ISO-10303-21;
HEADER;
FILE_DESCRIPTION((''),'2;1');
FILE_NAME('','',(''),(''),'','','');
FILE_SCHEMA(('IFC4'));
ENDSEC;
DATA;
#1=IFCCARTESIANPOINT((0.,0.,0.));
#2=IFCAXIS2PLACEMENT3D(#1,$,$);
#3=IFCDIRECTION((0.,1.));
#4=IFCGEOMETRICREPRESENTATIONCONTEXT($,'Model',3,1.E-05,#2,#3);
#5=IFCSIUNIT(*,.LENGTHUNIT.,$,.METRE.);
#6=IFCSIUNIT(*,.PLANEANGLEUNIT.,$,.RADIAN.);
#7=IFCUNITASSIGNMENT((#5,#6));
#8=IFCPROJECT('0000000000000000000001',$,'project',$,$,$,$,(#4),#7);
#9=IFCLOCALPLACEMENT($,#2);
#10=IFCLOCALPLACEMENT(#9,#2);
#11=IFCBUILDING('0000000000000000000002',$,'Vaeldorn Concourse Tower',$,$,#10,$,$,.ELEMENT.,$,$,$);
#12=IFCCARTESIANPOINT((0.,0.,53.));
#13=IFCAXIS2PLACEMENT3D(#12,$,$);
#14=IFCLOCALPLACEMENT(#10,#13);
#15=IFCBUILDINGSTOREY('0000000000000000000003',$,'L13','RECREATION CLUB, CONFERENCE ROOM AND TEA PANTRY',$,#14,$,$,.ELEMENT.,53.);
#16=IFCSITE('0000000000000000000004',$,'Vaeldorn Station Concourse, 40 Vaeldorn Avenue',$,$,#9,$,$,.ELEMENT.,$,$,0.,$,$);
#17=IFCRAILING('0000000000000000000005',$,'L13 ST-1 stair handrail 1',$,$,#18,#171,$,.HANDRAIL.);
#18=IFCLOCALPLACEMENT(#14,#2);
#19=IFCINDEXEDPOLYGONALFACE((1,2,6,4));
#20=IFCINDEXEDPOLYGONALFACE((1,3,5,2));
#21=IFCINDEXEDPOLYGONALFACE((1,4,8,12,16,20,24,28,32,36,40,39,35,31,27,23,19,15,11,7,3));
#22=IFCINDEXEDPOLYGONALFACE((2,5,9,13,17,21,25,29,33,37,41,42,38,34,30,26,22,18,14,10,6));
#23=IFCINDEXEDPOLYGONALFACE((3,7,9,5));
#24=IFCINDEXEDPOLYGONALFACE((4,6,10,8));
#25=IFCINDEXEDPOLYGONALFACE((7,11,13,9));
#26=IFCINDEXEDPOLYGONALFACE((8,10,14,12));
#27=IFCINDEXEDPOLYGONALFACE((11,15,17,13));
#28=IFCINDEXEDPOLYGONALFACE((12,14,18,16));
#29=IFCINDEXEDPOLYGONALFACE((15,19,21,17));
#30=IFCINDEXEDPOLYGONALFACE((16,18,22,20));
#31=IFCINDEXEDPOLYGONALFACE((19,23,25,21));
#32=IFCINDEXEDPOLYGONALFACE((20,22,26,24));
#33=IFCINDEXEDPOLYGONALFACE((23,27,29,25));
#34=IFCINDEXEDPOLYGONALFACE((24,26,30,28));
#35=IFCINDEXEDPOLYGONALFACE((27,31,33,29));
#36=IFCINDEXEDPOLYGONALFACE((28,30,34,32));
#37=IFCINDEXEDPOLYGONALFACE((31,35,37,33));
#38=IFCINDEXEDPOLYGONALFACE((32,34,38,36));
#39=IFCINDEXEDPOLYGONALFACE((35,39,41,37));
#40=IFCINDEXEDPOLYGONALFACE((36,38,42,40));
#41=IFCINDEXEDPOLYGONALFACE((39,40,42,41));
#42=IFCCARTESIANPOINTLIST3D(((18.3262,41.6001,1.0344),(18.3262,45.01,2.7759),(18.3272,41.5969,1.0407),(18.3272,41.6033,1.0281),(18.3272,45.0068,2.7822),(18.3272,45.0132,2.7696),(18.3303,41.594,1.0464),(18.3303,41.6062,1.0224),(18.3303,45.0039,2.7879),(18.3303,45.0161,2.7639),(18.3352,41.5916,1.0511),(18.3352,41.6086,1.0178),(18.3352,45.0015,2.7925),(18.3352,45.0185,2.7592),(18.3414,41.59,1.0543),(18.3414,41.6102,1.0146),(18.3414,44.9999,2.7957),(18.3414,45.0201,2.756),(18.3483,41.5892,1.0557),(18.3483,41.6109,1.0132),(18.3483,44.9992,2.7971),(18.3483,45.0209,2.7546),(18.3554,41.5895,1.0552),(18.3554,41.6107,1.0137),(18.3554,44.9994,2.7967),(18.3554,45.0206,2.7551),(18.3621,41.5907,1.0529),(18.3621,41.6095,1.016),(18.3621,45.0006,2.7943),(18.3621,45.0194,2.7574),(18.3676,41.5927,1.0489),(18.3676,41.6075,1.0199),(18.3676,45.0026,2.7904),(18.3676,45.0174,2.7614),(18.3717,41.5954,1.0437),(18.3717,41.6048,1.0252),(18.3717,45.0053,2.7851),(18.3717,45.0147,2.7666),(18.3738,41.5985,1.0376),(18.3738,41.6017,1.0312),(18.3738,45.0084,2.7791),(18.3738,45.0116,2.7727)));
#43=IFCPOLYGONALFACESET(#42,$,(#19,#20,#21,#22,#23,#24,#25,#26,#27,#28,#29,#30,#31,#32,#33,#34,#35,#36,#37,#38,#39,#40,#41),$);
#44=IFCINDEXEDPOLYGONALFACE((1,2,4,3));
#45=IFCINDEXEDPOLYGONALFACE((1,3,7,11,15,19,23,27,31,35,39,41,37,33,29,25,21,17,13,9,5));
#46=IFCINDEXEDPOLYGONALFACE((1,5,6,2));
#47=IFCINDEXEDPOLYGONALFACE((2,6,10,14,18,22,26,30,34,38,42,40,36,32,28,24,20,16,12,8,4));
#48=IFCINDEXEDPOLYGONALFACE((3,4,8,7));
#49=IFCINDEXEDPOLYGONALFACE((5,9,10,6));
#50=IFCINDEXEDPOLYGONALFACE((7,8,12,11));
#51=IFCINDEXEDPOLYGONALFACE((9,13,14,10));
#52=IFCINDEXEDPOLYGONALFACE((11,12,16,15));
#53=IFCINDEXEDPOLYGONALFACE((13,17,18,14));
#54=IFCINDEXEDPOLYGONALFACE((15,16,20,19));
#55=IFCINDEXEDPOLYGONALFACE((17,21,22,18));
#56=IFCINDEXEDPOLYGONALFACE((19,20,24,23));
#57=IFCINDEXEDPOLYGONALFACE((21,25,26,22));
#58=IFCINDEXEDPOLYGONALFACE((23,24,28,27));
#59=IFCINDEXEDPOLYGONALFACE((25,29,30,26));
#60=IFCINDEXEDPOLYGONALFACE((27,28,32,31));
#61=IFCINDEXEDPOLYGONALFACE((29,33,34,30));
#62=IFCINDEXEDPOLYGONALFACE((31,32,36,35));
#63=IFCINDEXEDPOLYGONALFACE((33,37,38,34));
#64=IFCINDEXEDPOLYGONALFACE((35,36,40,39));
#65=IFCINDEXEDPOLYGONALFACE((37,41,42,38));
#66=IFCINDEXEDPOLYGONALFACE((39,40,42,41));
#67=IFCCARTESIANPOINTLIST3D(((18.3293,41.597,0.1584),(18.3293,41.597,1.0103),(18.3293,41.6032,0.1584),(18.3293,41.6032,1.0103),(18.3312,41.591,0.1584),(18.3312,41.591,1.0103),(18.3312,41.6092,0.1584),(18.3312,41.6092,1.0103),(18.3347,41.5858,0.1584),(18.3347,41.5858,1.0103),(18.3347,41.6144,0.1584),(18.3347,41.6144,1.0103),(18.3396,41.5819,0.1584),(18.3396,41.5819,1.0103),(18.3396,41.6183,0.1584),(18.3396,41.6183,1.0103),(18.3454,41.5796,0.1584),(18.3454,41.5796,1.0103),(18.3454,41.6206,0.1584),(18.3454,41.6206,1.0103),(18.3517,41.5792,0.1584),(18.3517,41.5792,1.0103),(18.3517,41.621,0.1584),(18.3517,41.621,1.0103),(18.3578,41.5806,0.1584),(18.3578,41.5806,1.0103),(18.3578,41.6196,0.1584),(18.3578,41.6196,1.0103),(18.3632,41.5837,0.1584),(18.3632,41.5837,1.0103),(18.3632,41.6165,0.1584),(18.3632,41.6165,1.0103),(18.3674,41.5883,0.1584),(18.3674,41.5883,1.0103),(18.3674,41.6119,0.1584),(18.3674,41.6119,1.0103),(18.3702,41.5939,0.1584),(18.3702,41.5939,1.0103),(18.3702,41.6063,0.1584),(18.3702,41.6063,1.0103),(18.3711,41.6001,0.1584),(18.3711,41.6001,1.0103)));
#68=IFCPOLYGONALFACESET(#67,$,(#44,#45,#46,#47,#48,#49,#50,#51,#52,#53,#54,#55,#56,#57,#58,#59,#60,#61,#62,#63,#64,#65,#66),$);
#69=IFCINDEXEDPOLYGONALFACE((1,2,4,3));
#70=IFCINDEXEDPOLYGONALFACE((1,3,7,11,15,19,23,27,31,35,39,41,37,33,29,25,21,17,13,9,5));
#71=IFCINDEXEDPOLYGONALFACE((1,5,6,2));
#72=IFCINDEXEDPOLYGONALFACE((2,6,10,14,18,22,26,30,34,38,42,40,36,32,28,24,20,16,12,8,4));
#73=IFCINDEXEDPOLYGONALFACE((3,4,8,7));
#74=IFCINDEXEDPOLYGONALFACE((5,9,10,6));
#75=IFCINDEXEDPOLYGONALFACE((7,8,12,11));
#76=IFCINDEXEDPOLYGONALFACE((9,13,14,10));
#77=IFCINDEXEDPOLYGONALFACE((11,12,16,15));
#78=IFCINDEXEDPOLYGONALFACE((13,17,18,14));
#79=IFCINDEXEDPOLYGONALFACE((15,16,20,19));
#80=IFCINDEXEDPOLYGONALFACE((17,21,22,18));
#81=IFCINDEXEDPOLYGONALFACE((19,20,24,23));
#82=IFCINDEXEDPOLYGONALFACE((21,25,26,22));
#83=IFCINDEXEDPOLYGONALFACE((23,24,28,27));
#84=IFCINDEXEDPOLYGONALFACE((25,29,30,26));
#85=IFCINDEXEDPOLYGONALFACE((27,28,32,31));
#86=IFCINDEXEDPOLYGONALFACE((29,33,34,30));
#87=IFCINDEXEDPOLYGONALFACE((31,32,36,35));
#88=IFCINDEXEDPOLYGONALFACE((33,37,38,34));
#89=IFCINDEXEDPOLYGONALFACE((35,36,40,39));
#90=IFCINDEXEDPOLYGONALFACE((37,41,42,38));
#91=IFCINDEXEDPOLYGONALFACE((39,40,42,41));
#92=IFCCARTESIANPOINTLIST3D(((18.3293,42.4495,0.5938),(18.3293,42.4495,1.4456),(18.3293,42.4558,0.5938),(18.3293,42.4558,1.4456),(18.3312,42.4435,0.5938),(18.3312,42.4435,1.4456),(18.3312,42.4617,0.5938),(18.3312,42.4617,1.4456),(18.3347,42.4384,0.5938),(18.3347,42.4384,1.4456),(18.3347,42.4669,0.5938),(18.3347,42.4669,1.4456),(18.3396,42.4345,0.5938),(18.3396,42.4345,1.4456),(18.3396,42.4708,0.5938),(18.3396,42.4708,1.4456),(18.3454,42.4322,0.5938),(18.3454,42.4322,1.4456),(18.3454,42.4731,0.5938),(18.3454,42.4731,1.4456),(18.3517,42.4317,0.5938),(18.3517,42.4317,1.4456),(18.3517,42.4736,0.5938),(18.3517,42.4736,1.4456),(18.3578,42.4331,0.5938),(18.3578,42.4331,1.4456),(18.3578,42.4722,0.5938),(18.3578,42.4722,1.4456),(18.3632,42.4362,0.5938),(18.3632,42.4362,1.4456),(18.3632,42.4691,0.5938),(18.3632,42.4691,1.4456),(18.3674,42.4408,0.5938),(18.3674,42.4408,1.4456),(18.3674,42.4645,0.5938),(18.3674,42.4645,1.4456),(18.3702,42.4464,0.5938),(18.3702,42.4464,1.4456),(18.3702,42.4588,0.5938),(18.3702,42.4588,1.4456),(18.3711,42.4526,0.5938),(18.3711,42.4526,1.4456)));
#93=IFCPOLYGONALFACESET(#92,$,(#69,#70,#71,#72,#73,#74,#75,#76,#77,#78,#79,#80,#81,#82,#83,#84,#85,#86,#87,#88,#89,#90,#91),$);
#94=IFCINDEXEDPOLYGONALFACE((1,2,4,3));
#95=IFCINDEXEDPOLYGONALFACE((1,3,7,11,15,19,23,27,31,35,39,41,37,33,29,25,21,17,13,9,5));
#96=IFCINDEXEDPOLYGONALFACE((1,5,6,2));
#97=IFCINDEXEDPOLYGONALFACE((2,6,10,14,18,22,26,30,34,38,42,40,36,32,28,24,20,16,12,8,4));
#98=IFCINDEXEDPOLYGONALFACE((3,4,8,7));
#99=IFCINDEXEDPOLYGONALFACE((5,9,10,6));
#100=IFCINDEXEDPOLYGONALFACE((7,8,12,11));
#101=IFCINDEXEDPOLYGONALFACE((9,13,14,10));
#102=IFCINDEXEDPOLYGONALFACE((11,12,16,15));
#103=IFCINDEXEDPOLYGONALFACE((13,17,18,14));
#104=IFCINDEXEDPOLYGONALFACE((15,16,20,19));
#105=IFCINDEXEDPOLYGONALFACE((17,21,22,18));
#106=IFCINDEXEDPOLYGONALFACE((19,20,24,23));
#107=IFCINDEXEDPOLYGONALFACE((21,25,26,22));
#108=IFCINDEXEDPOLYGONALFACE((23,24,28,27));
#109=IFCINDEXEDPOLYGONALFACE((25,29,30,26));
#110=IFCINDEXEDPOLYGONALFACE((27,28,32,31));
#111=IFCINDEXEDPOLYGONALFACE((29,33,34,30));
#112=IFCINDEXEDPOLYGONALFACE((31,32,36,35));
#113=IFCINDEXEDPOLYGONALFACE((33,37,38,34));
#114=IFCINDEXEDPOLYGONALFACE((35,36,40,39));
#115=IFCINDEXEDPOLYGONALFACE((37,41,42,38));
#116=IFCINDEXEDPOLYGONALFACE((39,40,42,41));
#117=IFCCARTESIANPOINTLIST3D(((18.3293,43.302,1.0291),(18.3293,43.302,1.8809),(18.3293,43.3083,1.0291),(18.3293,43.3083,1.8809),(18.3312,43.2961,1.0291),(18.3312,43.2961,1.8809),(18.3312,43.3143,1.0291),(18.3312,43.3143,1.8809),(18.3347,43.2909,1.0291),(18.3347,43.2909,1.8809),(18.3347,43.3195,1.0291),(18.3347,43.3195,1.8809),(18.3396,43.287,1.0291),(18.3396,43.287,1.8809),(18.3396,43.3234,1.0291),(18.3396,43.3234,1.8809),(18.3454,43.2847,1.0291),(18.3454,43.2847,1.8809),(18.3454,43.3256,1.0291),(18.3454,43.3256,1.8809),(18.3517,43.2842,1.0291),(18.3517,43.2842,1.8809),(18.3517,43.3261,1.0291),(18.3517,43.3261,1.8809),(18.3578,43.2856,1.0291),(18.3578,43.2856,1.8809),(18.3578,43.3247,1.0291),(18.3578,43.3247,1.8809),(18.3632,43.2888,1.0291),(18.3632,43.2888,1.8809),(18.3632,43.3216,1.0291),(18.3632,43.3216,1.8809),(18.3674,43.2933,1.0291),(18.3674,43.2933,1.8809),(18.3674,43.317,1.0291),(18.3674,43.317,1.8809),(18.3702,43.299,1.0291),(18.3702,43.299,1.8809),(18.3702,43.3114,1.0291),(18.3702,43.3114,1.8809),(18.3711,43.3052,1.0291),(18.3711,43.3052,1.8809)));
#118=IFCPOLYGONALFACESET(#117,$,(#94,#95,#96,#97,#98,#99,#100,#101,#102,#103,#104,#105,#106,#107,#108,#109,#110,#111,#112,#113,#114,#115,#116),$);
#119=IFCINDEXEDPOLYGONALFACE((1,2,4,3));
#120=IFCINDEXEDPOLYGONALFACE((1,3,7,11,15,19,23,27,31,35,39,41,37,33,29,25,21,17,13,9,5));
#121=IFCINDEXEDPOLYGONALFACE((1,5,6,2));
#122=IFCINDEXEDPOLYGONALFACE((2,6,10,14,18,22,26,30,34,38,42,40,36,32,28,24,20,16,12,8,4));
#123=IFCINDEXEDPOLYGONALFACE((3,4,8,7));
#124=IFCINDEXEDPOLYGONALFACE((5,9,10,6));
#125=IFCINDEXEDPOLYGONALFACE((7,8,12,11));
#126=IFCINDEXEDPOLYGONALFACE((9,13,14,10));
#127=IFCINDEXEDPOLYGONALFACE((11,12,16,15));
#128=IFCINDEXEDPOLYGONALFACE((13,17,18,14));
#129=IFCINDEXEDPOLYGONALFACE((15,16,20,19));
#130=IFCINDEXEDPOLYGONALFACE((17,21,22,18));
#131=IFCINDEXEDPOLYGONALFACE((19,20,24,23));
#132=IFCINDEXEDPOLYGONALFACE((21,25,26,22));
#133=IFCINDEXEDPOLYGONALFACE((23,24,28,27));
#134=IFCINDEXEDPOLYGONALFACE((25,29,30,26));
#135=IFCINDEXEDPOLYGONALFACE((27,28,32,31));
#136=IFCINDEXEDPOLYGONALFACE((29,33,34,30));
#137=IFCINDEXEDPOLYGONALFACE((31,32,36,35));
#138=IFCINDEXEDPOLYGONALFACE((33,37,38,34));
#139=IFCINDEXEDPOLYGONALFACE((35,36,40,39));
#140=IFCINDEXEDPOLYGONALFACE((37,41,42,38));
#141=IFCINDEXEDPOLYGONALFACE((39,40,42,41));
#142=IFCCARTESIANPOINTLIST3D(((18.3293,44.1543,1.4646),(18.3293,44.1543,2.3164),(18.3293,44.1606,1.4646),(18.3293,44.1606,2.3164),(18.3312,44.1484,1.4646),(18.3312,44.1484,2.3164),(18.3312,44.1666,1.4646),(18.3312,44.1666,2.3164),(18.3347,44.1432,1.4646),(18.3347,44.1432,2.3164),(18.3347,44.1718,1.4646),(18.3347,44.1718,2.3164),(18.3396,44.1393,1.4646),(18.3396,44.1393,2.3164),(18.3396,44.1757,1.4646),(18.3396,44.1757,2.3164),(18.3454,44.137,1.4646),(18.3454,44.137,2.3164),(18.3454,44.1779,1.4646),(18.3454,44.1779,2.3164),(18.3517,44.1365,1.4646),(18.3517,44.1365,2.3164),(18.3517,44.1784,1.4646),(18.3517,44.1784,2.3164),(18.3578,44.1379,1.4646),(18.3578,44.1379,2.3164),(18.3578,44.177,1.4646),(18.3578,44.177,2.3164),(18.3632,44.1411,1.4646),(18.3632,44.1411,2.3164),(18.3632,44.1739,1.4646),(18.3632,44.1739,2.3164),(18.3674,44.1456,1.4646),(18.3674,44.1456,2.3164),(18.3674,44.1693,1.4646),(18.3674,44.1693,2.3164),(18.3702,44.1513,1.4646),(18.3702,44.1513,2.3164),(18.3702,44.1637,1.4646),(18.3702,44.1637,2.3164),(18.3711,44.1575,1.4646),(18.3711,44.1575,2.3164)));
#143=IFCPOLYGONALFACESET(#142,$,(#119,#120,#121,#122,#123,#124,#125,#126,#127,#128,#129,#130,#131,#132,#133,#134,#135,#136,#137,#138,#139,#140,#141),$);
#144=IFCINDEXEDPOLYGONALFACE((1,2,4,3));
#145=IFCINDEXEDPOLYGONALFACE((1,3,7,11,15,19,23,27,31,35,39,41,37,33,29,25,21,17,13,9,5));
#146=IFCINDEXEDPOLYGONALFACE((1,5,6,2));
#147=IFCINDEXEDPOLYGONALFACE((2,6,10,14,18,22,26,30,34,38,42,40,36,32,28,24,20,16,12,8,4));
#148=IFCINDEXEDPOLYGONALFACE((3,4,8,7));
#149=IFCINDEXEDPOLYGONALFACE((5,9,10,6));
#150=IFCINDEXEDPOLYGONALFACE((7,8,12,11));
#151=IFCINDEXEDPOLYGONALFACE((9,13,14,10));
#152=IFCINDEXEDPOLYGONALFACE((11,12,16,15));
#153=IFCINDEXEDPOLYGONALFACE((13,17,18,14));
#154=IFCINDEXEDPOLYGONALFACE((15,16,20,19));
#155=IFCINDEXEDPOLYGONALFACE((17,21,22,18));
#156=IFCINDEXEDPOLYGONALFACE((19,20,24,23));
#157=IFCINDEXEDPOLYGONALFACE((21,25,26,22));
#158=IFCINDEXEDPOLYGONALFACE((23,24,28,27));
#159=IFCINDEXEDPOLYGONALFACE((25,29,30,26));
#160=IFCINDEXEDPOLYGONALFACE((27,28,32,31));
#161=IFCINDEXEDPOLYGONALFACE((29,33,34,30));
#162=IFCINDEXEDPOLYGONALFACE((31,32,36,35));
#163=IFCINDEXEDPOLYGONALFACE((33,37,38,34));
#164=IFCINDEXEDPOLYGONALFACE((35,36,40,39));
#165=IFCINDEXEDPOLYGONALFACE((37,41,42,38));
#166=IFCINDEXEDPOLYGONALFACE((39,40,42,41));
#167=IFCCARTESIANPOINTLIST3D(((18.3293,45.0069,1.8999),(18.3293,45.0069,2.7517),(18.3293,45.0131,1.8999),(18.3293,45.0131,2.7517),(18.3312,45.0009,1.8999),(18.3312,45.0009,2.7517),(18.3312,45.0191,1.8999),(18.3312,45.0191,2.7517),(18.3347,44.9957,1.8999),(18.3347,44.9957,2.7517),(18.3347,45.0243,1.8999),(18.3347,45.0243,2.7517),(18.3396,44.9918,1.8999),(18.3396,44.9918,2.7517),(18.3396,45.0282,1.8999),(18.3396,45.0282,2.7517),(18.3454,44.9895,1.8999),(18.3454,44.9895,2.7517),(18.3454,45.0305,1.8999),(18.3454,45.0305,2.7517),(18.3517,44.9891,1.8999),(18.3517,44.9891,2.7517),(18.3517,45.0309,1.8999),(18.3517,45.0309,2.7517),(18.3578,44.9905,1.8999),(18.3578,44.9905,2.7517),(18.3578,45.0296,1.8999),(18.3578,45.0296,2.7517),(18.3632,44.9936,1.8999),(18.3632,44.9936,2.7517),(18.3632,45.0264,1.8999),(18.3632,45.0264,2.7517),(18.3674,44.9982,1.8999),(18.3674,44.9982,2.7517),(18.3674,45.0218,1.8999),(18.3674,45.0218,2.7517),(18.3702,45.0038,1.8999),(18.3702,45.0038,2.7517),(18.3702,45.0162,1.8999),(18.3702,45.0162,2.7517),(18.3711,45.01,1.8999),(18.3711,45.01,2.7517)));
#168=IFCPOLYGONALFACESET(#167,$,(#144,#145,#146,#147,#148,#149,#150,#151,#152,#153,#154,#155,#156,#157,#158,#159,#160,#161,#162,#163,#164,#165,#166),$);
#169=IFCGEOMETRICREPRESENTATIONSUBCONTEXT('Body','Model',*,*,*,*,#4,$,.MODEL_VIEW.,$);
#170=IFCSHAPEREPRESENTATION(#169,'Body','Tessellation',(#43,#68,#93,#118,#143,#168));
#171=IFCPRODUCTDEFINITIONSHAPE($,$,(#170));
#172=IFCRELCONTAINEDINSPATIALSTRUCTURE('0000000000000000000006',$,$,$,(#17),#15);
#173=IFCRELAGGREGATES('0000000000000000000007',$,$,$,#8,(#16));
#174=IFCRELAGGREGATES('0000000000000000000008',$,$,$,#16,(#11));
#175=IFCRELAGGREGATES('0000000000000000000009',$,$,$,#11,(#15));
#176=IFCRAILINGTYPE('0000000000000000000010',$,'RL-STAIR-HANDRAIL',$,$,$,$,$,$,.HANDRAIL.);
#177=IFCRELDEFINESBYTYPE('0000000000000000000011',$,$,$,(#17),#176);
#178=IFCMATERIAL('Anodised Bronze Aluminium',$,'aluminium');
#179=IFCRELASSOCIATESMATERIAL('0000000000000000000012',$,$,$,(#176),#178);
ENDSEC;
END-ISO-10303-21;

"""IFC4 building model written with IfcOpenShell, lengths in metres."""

from ifc_helpers import new_model, si_unit, direction, frame, origin, origin_2d, place, context, subcontext, project, spatial, circle, extrude, material, type_object, element, save


model = new_model("IFC4")

# Units and contexts
model_context = context("Model", 3, precision=1e-05, world=origin(), true_north=direction((0.0, 1.0)))
body_context = subcontext(model_context, "Body", "Model", "MODEL_VIEW")
ifc_project = project(units=[si_unit("LENGTHUNIT", "METRE"), si_unit("PLANEANGLEUNIT", "RADIAN")], contexts=[model_context])

# Site, building, storey
site_placement = place(None, origin())
site = spatial("IfcSite", under=ifc_project, at=site_placement, Name="Vaeldorn Station Concourse, 40 Vaeldorn Avenue", CompositionType="ELEMENT", RefElevation=0.0)
building_placement = place(site_placement, origin())
building = spatial("IfcBuilding", under=site, at=building_placement, Name="Vaeldorn Concourse Tower", CompositionType="ELEMENT")
storey_placement = place(building_placement, frame((0.0, 0.0, 53.0)))
storey = spatial("IfcBuildingStorey", under=building, at=storey_placement, Name="L13", Description="RECREATION CLUB, CONFERENCE ROOM AND TEA PANTRY", CompositionType="ELEMENT", Elevation=53.0)

# Shared definitions
ifc_material_1 = material(Name="Anodised Bronze Aluminium", Category="aluminium")

# Railing
railing_type_1 = type_object("IfcRailingType", Name="RL-STAIR-HANDRAIL", PredefinedType="HANDRAIL", material=ifc_material_1)
railing_1_placement = place(storey_placement, frame((18.3501, 41.6001, 0.1584)))
element("IfcRailing", 1, at=railing_1_placement, inside=storey, type_object=railing_type_1, Name="L13 ST-1 stair handrail 1", PredefinedType="HANDRAIL", context=body_context, shape_type="SweptSolid", body=[
    extrude(circle(Radius=0.0239, at=origin_2d()), frame((0.0, 0.0, 0.876), z_axis=(0.0, 0.890582, 0.454823), x_axis=(-1.0, 0.0, 0.0)), (0.0, 0.0, 1.0), 3.8289),
    extrude(circle(Radius=0.021, at=origin_2d()), origin(), (0.0, 0.0, 1.0), 0.8518),
    extrude(circle(Radius=0.021, at=origin_2d()), frame((0.0, 0.8525, 0.4353)), (0.0, 0.0, 1.0), 0.8518),
    extrude(circle(Radius=0.021, at=origin_2d()), frame((0.0, 1.7051, 0.8706)), (0.0, 0.0, 1.0), 0.8518),
    extrude(circle(Radius=0.021, at=origin_2d()), frame((0.0, 2.5574, 1.3062)), (0.0, 0.0, 1.0), 0.8518),
    extrude(circle(Radius=0.021, at=origin_2d()), frame((0.0, 3.4099, 1.7415)), (0.0, 0.0, 1.0), 0.8518),
])

save(model, "model.ifc")
